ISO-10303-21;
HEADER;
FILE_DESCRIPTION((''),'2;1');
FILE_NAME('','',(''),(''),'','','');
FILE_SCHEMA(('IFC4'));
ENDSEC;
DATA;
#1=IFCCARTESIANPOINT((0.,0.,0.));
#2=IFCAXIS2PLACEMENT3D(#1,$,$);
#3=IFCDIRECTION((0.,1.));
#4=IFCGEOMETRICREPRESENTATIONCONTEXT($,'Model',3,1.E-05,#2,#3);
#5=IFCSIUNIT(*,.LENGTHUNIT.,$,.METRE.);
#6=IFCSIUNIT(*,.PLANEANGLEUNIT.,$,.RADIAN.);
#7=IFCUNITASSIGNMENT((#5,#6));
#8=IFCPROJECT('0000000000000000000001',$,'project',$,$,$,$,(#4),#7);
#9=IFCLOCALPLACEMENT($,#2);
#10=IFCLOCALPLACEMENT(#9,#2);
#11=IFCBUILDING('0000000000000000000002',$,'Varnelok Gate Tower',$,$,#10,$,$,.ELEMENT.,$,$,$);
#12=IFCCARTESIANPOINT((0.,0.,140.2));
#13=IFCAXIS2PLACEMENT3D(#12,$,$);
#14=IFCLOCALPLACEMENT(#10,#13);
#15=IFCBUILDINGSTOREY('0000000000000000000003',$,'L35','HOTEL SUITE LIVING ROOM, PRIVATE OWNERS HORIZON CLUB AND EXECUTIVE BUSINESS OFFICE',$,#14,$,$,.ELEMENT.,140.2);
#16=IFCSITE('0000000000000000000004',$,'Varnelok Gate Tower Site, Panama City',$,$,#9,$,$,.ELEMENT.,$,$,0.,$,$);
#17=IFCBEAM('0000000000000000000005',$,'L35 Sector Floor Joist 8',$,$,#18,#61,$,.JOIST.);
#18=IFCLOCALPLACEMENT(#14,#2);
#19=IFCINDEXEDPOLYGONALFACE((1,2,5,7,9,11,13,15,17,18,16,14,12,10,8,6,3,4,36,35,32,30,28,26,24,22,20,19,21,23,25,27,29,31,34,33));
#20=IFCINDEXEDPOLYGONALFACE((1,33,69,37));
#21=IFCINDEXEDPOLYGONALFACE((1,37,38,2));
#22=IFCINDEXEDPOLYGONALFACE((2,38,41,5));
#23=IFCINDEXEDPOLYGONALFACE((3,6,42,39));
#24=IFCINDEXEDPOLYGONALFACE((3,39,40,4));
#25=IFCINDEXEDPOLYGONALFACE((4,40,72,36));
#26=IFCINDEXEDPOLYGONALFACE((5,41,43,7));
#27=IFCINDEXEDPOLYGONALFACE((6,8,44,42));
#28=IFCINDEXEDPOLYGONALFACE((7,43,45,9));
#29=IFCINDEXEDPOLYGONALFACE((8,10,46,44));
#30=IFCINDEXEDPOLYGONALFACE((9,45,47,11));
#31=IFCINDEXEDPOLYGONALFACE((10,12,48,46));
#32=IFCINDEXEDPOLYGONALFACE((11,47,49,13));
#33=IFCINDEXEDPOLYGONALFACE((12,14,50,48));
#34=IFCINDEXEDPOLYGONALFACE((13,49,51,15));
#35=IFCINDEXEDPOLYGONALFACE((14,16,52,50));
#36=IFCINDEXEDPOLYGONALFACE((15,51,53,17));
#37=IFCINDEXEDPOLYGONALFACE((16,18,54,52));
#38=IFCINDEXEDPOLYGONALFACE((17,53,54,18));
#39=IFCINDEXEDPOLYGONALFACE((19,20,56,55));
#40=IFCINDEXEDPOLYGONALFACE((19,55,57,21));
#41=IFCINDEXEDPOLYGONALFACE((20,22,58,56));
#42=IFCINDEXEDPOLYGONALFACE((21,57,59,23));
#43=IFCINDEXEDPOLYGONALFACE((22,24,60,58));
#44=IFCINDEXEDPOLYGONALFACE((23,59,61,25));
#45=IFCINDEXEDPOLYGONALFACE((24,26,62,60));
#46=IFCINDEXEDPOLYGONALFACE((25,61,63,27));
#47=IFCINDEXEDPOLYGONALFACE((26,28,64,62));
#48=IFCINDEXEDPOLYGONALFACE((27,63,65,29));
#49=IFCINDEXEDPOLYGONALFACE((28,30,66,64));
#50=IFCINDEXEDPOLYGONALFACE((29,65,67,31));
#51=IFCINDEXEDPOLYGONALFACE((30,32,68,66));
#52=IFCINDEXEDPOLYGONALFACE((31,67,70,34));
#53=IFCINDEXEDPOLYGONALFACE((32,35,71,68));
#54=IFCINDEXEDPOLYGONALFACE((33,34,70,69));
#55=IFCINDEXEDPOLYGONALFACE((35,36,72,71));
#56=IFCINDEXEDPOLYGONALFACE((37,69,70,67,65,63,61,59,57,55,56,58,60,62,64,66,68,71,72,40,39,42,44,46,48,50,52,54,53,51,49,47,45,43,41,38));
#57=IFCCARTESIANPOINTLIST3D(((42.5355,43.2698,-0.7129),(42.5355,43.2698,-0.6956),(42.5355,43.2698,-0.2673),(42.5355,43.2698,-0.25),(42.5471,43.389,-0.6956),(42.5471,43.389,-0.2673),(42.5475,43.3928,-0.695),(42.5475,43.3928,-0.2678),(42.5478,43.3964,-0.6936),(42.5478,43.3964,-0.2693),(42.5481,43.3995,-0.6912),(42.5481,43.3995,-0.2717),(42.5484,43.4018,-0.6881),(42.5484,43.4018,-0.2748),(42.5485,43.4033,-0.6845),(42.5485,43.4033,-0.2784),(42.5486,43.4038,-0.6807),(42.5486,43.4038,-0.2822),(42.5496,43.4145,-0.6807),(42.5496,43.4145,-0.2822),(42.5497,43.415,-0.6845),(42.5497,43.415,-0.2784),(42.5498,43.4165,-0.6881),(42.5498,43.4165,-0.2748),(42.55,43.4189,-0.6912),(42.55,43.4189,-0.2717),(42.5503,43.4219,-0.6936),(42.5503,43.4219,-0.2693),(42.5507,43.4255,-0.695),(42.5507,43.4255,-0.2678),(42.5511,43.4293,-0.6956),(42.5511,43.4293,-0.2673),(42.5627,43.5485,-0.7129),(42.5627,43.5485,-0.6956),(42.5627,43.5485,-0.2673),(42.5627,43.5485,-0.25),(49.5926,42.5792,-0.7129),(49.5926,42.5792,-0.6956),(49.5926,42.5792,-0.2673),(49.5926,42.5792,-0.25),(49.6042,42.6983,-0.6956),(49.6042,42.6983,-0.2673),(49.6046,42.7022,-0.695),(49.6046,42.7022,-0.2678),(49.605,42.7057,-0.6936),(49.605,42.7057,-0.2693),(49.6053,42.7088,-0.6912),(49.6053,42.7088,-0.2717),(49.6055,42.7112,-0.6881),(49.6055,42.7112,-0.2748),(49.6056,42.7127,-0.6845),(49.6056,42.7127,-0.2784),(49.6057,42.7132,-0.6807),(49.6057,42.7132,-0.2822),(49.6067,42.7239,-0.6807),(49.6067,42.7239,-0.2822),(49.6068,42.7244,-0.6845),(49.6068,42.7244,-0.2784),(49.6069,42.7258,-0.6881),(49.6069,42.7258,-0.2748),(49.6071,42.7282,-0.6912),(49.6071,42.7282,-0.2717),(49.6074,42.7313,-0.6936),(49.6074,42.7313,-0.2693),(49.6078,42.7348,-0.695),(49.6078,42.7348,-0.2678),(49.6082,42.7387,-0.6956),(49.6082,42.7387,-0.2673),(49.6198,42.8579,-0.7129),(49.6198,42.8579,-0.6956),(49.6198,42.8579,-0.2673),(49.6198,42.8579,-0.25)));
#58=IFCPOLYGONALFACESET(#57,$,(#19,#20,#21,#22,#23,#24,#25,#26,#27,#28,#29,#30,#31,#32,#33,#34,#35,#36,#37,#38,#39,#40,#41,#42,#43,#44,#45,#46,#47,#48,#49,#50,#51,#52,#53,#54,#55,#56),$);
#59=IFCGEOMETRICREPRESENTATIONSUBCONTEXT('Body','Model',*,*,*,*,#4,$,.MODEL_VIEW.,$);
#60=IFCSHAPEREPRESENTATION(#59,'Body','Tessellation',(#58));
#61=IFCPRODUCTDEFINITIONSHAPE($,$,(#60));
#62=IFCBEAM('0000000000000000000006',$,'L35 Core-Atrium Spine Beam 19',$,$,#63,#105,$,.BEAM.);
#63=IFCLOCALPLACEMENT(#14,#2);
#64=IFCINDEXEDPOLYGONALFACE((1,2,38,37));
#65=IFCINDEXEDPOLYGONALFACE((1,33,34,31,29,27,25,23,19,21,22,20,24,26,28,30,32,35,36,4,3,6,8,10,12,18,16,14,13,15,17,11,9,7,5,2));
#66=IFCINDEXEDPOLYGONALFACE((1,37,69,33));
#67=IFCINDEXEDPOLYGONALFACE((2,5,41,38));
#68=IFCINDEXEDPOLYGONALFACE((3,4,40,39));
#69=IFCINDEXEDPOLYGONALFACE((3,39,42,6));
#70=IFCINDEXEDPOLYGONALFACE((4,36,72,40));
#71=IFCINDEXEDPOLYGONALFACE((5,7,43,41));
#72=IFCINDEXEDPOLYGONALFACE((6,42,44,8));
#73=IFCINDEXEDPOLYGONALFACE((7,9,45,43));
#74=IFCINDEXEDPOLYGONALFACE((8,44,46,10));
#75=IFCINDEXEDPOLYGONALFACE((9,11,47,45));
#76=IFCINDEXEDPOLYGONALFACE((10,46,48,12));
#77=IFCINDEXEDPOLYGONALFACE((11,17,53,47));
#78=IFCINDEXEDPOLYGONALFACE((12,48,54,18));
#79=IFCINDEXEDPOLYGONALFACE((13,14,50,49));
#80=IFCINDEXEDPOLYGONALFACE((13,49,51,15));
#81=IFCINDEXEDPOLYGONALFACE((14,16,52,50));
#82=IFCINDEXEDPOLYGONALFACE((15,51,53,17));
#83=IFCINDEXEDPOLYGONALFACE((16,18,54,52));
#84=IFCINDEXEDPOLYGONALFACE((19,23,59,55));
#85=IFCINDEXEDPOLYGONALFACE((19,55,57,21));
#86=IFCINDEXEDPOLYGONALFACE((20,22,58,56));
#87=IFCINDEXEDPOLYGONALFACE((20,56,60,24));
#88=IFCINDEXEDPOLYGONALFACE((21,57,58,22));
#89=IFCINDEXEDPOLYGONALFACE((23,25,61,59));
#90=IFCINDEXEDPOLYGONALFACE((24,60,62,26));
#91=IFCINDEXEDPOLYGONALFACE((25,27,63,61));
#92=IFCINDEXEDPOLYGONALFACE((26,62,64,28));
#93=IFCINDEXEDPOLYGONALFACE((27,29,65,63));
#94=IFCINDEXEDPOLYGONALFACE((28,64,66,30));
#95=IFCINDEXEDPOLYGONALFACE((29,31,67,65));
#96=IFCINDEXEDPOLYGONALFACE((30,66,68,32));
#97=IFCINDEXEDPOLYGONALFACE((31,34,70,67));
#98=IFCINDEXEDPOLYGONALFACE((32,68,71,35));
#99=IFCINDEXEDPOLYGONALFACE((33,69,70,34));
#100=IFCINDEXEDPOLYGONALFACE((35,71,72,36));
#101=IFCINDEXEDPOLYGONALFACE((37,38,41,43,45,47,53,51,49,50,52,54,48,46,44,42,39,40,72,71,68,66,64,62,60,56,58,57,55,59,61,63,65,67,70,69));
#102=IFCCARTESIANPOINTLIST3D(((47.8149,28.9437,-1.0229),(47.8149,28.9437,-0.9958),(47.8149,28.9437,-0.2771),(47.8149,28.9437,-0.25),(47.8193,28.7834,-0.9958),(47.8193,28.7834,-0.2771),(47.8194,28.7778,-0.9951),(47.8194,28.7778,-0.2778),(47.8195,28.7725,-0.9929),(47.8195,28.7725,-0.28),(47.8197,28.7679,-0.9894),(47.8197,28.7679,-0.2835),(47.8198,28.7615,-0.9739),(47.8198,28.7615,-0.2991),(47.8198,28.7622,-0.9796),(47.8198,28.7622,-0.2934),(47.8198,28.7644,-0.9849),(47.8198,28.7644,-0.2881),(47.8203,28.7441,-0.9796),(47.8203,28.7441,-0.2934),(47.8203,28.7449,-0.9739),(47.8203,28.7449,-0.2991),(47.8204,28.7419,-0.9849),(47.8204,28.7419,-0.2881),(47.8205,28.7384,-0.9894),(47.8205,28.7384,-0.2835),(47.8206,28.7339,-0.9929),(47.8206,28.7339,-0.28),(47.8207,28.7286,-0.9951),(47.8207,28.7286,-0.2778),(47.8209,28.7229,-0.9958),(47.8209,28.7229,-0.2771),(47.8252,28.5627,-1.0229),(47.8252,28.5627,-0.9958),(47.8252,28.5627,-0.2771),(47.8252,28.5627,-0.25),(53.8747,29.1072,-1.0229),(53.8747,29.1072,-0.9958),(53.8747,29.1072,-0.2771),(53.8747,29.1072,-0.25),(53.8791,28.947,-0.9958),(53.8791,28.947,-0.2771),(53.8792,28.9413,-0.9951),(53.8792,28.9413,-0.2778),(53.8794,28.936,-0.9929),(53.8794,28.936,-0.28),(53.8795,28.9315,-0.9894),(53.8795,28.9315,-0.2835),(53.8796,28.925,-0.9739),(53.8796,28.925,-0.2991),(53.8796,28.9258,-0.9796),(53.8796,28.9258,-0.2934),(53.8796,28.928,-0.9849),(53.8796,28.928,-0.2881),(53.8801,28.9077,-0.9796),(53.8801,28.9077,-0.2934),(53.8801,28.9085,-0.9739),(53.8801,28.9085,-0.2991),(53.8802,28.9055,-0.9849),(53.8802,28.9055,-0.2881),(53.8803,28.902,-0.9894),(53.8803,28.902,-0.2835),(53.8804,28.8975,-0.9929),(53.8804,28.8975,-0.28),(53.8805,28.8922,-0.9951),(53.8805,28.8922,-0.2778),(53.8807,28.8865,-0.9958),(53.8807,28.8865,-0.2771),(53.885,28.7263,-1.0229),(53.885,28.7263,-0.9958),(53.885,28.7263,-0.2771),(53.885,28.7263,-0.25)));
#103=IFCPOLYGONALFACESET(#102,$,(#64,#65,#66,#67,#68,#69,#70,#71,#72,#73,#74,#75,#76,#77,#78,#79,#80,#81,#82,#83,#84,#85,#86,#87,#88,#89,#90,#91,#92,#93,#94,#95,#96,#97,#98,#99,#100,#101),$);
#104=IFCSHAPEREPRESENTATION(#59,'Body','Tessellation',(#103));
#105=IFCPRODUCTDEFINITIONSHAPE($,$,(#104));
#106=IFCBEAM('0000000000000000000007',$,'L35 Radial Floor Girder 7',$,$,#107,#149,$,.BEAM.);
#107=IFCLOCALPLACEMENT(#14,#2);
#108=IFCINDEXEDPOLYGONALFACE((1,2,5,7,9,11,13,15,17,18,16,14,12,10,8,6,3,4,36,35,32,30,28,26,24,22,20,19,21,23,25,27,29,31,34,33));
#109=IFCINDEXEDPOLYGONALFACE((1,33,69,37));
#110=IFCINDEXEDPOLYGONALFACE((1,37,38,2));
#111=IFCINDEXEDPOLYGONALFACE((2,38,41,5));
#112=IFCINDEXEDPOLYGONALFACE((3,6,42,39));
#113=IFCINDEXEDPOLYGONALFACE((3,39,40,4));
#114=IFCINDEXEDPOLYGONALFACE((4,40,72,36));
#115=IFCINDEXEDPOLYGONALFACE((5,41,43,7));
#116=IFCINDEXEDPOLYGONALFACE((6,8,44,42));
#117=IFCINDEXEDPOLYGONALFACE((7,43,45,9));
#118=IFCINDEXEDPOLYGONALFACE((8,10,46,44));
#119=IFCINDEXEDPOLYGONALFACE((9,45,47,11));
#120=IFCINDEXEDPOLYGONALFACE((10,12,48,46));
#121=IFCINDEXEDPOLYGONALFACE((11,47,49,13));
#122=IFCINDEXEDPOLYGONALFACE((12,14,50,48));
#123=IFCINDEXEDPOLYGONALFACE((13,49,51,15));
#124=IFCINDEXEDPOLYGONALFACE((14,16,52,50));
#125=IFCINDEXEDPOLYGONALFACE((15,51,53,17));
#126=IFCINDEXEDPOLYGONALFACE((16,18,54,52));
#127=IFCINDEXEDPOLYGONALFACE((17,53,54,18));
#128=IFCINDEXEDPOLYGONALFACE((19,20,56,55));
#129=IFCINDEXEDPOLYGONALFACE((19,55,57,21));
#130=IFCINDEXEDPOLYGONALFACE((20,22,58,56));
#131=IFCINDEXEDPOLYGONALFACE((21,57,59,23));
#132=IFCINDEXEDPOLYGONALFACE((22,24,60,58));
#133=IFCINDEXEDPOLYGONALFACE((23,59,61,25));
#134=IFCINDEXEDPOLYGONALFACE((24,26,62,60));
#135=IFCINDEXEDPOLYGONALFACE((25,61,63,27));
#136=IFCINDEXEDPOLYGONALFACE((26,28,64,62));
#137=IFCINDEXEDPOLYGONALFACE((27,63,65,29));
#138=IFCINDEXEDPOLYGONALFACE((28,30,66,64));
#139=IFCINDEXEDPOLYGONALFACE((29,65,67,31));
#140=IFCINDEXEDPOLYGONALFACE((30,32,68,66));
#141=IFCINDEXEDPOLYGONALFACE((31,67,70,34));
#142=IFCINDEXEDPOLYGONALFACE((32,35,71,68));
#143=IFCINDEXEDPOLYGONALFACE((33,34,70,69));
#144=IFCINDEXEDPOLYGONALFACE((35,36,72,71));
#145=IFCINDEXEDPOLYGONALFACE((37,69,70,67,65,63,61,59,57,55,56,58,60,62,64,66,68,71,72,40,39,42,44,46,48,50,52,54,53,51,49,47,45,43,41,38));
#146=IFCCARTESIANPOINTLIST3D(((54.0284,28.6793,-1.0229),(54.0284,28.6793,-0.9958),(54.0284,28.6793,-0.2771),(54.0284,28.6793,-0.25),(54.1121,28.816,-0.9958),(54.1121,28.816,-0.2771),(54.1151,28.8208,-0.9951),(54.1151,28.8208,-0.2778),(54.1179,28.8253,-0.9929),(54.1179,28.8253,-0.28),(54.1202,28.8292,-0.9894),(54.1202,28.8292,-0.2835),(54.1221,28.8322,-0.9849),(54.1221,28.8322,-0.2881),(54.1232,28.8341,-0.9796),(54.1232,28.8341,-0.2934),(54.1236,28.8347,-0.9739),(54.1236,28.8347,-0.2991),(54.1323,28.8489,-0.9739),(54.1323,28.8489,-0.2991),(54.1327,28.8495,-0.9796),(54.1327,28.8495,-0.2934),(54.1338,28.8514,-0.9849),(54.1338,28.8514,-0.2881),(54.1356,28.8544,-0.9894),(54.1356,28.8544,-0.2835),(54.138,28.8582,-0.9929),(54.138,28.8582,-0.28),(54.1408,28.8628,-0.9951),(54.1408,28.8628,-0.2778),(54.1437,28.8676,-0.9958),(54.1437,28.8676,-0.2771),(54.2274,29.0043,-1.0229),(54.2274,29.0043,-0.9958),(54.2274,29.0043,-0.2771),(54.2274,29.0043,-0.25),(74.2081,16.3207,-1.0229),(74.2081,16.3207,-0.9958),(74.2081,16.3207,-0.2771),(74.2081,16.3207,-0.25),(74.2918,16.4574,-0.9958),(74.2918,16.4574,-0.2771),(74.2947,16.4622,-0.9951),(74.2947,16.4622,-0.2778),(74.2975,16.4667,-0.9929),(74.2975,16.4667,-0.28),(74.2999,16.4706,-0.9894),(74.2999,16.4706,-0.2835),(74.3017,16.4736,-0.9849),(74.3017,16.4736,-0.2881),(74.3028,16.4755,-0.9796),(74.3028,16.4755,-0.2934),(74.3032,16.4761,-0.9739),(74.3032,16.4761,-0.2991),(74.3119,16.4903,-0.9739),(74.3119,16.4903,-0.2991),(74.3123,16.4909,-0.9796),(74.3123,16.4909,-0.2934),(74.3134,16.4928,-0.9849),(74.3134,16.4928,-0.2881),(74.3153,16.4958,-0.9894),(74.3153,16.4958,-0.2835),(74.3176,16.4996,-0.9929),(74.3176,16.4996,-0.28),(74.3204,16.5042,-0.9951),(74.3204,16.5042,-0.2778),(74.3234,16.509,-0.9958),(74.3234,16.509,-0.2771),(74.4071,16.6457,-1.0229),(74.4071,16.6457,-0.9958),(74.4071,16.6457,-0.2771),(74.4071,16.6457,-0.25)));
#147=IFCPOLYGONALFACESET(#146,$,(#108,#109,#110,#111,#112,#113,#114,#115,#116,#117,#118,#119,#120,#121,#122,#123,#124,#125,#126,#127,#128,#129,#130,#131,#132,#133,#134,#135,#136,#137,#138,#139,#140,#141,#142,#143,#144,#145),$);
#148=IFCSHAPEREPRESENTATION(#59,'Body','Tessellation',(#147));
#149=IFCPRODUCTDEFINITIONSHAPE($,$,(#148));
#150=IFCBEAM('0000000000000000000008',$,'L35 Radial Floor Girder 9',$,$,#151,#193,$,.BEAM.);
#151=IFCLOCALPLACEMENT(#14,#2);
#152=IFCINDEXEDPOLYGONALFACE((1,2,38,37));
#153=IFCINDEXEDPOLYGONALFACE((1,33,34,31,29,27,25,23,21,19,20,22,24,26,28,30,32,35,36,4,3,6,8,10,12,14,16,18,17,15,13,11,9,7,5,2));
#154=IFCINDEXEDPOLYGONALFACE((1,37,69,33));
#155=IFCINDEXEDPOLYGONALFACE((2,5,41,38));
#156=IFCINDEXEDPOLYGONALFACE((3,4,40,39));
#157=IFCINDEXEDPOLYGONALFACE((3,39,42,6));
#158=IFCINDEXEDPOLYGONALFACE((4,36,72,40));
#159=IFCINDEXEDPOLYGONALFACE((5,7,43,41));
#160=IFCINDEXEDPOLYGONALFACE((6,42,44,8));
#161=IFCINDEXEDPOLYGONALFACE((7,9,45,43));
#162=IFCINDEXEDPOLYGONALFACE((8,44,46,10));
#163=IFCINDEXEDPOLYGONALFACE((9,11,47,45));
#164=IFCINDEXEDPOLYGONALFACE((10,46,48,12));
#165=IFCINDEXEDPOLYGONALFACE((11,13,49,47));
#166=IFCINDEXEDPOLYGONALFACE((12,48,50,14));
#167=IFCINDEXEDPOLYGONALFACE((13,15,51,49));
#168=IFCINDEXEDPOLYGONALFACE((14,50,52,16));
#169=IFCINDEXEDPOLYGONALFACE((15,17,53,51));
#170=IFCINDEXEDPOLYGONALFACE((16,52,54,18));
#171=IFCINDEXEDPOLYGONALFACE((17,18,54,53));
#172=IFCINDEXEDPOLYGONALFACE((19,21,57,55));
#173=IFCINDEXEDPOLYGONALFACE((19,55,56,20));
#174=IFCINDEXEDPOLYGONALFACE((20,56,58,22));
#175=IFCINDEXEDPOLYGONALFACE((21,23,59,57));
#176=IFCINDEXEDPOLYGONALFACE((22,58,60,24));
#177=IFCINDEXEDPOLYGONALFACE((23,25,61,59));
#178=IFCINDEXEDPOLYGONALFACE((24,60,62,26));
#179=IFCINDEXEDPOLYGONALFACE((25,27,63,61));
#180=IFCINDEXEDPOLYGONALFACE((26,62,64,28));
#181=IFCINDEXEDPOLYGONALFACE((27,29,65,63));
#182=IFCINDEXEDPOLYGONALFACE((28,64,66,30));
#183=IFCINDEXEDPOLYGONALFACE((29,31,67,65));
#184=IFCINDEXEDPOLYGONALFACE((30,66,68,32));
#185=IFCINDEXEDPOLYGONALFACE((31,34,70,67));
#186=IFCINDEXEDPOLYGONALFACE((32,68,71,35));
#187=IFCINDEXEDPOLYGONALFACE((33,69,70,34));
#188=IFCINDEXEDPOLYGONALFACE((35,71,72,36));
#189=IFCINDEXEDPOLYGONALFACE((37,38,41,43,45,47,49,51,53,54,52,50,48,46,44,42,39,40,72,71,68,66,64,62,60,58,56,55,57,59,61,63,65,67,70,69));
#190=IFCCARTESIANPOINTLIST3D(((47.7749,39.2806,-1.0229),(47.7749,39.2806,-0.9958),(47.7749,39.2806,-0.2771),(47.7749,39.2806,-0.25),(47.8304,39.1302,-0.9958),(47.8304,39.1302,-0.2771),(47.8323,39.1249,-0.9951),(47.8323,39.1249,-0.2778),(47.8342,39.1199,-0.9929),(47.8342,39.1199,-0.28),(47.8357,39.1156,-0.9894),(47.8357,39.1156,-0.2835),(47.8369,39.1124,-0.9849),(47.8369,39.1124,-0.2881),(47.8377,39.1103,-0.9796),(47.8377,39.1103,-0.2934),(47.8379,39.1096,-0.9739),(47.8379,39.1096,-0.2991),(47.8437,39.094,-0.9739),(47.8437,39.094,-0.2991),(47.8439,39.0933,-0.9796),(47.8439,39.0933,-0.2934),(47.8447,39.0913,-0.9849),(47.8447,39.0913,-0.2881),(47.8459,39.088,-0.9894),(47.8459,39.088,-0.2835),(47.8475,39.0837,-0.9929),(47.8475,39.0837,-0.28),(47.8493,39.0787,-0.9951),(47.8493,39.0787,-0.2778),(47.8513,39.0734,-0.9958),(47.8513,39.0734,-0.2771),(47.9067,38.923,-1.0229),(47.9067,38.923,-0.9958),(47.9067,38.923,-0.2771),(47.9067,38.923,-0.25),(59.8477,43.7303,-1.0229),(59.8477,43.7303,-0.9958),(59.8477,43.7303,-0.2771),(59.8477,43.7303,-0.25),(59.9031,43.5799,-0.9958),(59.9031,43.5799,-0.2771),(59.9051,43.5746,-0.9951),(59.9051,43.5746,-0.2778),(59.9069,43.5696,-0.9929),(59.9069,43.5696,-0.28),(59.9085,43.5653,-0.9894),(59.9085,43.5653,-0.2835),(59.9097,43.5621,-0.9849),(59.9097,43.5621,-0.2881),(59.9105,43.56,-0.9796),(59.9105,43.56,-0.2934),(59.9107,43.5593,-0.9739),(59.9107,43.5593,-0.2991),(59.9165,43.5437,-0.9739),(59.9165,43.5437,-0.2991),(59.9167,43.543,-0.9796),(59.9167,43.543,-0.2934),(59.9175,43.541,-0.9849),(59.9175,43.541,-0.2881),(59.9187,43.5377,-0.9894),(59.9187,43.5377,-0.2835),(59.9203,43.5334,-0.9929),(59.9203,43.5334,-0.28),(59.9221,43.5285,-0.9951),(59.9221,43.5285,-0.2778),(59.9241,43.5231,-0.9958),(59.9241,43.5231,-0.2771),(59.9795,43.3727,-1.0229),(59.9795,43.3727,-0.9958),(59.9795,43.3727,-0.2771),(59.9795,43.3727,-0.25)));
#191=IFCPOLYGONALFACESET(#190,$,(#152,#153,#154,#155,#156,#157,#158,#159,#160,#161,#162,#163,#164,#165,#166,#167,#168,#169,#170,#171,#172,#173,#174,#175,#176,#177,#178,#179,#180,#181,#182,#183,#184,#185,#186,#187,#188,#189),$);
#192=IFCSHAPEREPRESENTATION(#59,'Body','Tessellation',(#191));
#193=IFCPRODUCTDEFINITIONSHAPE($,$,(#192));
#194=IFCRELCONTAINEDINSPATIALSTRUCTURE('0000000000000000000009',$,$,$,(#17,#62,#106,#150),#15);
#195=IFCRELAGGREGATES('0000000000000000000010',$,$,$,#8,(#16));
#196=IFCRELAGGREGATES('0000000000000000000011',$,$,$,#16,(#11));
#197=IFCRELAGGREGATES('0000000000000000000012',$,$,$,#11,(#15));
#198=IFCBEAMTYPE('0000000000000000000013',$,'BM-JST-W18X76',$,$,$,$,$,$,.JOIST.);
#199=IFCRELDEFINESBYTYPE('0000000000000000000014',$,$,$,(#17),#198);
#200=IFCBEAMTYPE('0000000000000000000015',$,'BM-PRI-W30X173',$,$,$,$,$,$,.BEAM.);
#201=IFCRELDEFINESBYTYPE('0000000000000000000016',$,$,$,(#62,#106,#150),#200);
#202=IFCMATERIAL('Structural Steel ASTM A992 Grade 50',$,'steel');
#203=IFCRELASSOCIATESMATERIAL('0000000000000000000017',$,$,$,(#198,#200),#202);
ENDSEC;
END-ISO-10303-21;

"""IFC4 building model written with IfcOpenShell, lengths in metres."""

from ifc_helpers import new_model, si_unit, direction, frame, origin, origin_2d, place, context, subcontext, project, spatial, i_section, extrude, material, material_profile, profile_set, type_object, element, save


model = new_model("IFC4")

# Units and contexts
model_context = context("Model", 3, precision=1e-05, world=origin(), true_north=direction((0.0, 1.0)))
body_context = subcontext(model_context, "Body", "Model", "MODEL_VIEW")
ifc_project = project(units=[si_unit("LENGTHUNIT", "METRE"), si_unit("PLANEANGLEUNIT", "RADIAN")], contexts=[model_context])

# Site, building, storey
site_placement = place(None, origin())
site = spatial("IfcSite", under=ifc_project, at=site_placement, Name="Varnelok Gate Tower Site, Panama City", CompositionType="ELEMENT", RefElevation=0.0)
building_placement = place(site_placement, origin())
building = spatial("IfcBuilding", under=site, at=building_placement, Name="Varnelok Gate Tower", CompositionType="ELEMENT")
storey_placement = place(building_placement, frame((0.0, 0.0, 140.2)))
storey = spatial("IfcBuildingStorey", under=building, at=storey_placement, Name="L35", Description="HOTEL SUITE LIVING ROOM, PRIVATE OWNERS HORIZON CLUB AND EXECUTIVE BUSINESS OFFICE", CompositionType="ELEMENT", Elevation=140.2)

# Shared definitions
ifc_material_1 = material(Name="Structural Steel ASTM A992 Grade 50", Category="steel")

# Beams
ifc_material_profile_1 = material_profile(ifc_material_1, i_section(OverallWidth=0.28, OverallDepth=0.4629, WebThickness=0.0107, FlangeThickness=0.0173, FilletRadius=0.0149, at=origin_2d()), Name="W18X76")
ifc_profile_set_1 = profile_set([ifc_material_profile_1], Name="Structural Steel ASTM A992 Grade 50")
beam_type_1 = type_object("IfcBeamType", Name="BM-JST-W18X76", PredefinedType="JOIST", material=ifc_profile_set_1)
beam_1_placement = place(storey_placement, frame((49.6062, 42.7185, -0.4814), z_axis=(-0.995245, 0.097404, 0.0), x_axis=(-0.097404, -0.995245, 0.0)))
element("IfcBeam", 1, at=beam_1_placement, inside=storey, type_object=beam_type_1, Name="L35 Sector Floor Joist 8", PredefinedType="JOIST", context=body_context, shape_type="SweptSolid", body=[
    extrude(i_section(OverallWidth=0.28, OverallDepth=0.4629, WebThickness=0.0107, FlangeThickness=0.0173, FilletRadius=0.0149, at=origin_2d()), origin(), (0.0, 0.0, 1.0), 7.0908),
])
ifc_material_profile_2 = material_profile(ifc_material_1, i_section(OverallWidth=0.3811, OverallDepth=0.7729, WebThickness=0.0166, FlangeThickness=0.0271, FilletRadius=0.022, at=origin_2d()), Name="W30X173")
ifc_profile_set_2 = profile_set([ifc_material_profile_2], Name="Structural Steel ASTM A992 Grade 50")
beam_type_2 = type_object("IfcBeamType", Name="BM-PRI-W30X173", PredefinedType="BEAM", material=ifc_profile_set_2)
beam_2_placement = place(storey_placement, frame((47.8201, 28.7532, -0.6365), z_axis=(0.999636, 0.026983, 0.0), x_axis=(-0.026983, 0.999636, 0.0)))
element("IfcBeam", 2, at=beam_2_placement, inside=storey, type_object=beam_type_2, Name="L35 Core-Atrium Spine Beam 19", PredefinedType="BEAM", context=body_context, shape_type="SweptSolid", body=[
    extrude(i_section(OverallWidth=0.3811, OverallDepth=0.7729, WebThickness=0.0166, FlangeThickness=0.0271, FilletRadius=0.022, at=origin_2d()), origin(), (0.0, 0.0, 1.0), 6.062),
])
beam_3_placement = place(storey_placement, frame((54.1279, 28.8418, -0.6365), z_axis=(0.852781, -0.522269, 0.0), x_axis=(0.522269, 0.852781, 0.0)))
element("IfcBeam", 3, at=beam_3_placement, inside=storey, type_object=beam_type_2, Name="L35 Radial Floor Girder 7", PredefinedType="BEAM", context=body_context, shape_type="SweptSolid", body=[
    extrude(i_section(OverallWidth=0.3811, OverallDepth=0.7729, WebThickness=0.0166, FlangeThickness=0.0271, FilletRadius=0.022, at=origin_2d()), origin(), (0.0, 0.0, 1.0), 23.6633),
])
beam_4_placement = place(storey_placement, frame((47.8408, 39.1018, -0.6365), z_axis=(0.938296, 0.345832, 0.0), x_axis=(-0.345832, 0.938296, 0.0)))
element("IfcBeam", 4, at=beam_4_placement, inside=storey, type_object=beam_type_2, Name="L35 Radial Floor Girder 9", PredefinedType="BEAM", context=body_context, shape_type="SweptSolid", body=[
    extrude(i_section(OverallWidth=0.3811, OverallDepth=0.7729, WebThickness=0.0166, FlangeThickness=0.0271, FilletRadius=0.022, at=origin_2d()), origin(), (0.0, 0.0, 1.0), 12.8667),
])

save(model, "model.ifc")
